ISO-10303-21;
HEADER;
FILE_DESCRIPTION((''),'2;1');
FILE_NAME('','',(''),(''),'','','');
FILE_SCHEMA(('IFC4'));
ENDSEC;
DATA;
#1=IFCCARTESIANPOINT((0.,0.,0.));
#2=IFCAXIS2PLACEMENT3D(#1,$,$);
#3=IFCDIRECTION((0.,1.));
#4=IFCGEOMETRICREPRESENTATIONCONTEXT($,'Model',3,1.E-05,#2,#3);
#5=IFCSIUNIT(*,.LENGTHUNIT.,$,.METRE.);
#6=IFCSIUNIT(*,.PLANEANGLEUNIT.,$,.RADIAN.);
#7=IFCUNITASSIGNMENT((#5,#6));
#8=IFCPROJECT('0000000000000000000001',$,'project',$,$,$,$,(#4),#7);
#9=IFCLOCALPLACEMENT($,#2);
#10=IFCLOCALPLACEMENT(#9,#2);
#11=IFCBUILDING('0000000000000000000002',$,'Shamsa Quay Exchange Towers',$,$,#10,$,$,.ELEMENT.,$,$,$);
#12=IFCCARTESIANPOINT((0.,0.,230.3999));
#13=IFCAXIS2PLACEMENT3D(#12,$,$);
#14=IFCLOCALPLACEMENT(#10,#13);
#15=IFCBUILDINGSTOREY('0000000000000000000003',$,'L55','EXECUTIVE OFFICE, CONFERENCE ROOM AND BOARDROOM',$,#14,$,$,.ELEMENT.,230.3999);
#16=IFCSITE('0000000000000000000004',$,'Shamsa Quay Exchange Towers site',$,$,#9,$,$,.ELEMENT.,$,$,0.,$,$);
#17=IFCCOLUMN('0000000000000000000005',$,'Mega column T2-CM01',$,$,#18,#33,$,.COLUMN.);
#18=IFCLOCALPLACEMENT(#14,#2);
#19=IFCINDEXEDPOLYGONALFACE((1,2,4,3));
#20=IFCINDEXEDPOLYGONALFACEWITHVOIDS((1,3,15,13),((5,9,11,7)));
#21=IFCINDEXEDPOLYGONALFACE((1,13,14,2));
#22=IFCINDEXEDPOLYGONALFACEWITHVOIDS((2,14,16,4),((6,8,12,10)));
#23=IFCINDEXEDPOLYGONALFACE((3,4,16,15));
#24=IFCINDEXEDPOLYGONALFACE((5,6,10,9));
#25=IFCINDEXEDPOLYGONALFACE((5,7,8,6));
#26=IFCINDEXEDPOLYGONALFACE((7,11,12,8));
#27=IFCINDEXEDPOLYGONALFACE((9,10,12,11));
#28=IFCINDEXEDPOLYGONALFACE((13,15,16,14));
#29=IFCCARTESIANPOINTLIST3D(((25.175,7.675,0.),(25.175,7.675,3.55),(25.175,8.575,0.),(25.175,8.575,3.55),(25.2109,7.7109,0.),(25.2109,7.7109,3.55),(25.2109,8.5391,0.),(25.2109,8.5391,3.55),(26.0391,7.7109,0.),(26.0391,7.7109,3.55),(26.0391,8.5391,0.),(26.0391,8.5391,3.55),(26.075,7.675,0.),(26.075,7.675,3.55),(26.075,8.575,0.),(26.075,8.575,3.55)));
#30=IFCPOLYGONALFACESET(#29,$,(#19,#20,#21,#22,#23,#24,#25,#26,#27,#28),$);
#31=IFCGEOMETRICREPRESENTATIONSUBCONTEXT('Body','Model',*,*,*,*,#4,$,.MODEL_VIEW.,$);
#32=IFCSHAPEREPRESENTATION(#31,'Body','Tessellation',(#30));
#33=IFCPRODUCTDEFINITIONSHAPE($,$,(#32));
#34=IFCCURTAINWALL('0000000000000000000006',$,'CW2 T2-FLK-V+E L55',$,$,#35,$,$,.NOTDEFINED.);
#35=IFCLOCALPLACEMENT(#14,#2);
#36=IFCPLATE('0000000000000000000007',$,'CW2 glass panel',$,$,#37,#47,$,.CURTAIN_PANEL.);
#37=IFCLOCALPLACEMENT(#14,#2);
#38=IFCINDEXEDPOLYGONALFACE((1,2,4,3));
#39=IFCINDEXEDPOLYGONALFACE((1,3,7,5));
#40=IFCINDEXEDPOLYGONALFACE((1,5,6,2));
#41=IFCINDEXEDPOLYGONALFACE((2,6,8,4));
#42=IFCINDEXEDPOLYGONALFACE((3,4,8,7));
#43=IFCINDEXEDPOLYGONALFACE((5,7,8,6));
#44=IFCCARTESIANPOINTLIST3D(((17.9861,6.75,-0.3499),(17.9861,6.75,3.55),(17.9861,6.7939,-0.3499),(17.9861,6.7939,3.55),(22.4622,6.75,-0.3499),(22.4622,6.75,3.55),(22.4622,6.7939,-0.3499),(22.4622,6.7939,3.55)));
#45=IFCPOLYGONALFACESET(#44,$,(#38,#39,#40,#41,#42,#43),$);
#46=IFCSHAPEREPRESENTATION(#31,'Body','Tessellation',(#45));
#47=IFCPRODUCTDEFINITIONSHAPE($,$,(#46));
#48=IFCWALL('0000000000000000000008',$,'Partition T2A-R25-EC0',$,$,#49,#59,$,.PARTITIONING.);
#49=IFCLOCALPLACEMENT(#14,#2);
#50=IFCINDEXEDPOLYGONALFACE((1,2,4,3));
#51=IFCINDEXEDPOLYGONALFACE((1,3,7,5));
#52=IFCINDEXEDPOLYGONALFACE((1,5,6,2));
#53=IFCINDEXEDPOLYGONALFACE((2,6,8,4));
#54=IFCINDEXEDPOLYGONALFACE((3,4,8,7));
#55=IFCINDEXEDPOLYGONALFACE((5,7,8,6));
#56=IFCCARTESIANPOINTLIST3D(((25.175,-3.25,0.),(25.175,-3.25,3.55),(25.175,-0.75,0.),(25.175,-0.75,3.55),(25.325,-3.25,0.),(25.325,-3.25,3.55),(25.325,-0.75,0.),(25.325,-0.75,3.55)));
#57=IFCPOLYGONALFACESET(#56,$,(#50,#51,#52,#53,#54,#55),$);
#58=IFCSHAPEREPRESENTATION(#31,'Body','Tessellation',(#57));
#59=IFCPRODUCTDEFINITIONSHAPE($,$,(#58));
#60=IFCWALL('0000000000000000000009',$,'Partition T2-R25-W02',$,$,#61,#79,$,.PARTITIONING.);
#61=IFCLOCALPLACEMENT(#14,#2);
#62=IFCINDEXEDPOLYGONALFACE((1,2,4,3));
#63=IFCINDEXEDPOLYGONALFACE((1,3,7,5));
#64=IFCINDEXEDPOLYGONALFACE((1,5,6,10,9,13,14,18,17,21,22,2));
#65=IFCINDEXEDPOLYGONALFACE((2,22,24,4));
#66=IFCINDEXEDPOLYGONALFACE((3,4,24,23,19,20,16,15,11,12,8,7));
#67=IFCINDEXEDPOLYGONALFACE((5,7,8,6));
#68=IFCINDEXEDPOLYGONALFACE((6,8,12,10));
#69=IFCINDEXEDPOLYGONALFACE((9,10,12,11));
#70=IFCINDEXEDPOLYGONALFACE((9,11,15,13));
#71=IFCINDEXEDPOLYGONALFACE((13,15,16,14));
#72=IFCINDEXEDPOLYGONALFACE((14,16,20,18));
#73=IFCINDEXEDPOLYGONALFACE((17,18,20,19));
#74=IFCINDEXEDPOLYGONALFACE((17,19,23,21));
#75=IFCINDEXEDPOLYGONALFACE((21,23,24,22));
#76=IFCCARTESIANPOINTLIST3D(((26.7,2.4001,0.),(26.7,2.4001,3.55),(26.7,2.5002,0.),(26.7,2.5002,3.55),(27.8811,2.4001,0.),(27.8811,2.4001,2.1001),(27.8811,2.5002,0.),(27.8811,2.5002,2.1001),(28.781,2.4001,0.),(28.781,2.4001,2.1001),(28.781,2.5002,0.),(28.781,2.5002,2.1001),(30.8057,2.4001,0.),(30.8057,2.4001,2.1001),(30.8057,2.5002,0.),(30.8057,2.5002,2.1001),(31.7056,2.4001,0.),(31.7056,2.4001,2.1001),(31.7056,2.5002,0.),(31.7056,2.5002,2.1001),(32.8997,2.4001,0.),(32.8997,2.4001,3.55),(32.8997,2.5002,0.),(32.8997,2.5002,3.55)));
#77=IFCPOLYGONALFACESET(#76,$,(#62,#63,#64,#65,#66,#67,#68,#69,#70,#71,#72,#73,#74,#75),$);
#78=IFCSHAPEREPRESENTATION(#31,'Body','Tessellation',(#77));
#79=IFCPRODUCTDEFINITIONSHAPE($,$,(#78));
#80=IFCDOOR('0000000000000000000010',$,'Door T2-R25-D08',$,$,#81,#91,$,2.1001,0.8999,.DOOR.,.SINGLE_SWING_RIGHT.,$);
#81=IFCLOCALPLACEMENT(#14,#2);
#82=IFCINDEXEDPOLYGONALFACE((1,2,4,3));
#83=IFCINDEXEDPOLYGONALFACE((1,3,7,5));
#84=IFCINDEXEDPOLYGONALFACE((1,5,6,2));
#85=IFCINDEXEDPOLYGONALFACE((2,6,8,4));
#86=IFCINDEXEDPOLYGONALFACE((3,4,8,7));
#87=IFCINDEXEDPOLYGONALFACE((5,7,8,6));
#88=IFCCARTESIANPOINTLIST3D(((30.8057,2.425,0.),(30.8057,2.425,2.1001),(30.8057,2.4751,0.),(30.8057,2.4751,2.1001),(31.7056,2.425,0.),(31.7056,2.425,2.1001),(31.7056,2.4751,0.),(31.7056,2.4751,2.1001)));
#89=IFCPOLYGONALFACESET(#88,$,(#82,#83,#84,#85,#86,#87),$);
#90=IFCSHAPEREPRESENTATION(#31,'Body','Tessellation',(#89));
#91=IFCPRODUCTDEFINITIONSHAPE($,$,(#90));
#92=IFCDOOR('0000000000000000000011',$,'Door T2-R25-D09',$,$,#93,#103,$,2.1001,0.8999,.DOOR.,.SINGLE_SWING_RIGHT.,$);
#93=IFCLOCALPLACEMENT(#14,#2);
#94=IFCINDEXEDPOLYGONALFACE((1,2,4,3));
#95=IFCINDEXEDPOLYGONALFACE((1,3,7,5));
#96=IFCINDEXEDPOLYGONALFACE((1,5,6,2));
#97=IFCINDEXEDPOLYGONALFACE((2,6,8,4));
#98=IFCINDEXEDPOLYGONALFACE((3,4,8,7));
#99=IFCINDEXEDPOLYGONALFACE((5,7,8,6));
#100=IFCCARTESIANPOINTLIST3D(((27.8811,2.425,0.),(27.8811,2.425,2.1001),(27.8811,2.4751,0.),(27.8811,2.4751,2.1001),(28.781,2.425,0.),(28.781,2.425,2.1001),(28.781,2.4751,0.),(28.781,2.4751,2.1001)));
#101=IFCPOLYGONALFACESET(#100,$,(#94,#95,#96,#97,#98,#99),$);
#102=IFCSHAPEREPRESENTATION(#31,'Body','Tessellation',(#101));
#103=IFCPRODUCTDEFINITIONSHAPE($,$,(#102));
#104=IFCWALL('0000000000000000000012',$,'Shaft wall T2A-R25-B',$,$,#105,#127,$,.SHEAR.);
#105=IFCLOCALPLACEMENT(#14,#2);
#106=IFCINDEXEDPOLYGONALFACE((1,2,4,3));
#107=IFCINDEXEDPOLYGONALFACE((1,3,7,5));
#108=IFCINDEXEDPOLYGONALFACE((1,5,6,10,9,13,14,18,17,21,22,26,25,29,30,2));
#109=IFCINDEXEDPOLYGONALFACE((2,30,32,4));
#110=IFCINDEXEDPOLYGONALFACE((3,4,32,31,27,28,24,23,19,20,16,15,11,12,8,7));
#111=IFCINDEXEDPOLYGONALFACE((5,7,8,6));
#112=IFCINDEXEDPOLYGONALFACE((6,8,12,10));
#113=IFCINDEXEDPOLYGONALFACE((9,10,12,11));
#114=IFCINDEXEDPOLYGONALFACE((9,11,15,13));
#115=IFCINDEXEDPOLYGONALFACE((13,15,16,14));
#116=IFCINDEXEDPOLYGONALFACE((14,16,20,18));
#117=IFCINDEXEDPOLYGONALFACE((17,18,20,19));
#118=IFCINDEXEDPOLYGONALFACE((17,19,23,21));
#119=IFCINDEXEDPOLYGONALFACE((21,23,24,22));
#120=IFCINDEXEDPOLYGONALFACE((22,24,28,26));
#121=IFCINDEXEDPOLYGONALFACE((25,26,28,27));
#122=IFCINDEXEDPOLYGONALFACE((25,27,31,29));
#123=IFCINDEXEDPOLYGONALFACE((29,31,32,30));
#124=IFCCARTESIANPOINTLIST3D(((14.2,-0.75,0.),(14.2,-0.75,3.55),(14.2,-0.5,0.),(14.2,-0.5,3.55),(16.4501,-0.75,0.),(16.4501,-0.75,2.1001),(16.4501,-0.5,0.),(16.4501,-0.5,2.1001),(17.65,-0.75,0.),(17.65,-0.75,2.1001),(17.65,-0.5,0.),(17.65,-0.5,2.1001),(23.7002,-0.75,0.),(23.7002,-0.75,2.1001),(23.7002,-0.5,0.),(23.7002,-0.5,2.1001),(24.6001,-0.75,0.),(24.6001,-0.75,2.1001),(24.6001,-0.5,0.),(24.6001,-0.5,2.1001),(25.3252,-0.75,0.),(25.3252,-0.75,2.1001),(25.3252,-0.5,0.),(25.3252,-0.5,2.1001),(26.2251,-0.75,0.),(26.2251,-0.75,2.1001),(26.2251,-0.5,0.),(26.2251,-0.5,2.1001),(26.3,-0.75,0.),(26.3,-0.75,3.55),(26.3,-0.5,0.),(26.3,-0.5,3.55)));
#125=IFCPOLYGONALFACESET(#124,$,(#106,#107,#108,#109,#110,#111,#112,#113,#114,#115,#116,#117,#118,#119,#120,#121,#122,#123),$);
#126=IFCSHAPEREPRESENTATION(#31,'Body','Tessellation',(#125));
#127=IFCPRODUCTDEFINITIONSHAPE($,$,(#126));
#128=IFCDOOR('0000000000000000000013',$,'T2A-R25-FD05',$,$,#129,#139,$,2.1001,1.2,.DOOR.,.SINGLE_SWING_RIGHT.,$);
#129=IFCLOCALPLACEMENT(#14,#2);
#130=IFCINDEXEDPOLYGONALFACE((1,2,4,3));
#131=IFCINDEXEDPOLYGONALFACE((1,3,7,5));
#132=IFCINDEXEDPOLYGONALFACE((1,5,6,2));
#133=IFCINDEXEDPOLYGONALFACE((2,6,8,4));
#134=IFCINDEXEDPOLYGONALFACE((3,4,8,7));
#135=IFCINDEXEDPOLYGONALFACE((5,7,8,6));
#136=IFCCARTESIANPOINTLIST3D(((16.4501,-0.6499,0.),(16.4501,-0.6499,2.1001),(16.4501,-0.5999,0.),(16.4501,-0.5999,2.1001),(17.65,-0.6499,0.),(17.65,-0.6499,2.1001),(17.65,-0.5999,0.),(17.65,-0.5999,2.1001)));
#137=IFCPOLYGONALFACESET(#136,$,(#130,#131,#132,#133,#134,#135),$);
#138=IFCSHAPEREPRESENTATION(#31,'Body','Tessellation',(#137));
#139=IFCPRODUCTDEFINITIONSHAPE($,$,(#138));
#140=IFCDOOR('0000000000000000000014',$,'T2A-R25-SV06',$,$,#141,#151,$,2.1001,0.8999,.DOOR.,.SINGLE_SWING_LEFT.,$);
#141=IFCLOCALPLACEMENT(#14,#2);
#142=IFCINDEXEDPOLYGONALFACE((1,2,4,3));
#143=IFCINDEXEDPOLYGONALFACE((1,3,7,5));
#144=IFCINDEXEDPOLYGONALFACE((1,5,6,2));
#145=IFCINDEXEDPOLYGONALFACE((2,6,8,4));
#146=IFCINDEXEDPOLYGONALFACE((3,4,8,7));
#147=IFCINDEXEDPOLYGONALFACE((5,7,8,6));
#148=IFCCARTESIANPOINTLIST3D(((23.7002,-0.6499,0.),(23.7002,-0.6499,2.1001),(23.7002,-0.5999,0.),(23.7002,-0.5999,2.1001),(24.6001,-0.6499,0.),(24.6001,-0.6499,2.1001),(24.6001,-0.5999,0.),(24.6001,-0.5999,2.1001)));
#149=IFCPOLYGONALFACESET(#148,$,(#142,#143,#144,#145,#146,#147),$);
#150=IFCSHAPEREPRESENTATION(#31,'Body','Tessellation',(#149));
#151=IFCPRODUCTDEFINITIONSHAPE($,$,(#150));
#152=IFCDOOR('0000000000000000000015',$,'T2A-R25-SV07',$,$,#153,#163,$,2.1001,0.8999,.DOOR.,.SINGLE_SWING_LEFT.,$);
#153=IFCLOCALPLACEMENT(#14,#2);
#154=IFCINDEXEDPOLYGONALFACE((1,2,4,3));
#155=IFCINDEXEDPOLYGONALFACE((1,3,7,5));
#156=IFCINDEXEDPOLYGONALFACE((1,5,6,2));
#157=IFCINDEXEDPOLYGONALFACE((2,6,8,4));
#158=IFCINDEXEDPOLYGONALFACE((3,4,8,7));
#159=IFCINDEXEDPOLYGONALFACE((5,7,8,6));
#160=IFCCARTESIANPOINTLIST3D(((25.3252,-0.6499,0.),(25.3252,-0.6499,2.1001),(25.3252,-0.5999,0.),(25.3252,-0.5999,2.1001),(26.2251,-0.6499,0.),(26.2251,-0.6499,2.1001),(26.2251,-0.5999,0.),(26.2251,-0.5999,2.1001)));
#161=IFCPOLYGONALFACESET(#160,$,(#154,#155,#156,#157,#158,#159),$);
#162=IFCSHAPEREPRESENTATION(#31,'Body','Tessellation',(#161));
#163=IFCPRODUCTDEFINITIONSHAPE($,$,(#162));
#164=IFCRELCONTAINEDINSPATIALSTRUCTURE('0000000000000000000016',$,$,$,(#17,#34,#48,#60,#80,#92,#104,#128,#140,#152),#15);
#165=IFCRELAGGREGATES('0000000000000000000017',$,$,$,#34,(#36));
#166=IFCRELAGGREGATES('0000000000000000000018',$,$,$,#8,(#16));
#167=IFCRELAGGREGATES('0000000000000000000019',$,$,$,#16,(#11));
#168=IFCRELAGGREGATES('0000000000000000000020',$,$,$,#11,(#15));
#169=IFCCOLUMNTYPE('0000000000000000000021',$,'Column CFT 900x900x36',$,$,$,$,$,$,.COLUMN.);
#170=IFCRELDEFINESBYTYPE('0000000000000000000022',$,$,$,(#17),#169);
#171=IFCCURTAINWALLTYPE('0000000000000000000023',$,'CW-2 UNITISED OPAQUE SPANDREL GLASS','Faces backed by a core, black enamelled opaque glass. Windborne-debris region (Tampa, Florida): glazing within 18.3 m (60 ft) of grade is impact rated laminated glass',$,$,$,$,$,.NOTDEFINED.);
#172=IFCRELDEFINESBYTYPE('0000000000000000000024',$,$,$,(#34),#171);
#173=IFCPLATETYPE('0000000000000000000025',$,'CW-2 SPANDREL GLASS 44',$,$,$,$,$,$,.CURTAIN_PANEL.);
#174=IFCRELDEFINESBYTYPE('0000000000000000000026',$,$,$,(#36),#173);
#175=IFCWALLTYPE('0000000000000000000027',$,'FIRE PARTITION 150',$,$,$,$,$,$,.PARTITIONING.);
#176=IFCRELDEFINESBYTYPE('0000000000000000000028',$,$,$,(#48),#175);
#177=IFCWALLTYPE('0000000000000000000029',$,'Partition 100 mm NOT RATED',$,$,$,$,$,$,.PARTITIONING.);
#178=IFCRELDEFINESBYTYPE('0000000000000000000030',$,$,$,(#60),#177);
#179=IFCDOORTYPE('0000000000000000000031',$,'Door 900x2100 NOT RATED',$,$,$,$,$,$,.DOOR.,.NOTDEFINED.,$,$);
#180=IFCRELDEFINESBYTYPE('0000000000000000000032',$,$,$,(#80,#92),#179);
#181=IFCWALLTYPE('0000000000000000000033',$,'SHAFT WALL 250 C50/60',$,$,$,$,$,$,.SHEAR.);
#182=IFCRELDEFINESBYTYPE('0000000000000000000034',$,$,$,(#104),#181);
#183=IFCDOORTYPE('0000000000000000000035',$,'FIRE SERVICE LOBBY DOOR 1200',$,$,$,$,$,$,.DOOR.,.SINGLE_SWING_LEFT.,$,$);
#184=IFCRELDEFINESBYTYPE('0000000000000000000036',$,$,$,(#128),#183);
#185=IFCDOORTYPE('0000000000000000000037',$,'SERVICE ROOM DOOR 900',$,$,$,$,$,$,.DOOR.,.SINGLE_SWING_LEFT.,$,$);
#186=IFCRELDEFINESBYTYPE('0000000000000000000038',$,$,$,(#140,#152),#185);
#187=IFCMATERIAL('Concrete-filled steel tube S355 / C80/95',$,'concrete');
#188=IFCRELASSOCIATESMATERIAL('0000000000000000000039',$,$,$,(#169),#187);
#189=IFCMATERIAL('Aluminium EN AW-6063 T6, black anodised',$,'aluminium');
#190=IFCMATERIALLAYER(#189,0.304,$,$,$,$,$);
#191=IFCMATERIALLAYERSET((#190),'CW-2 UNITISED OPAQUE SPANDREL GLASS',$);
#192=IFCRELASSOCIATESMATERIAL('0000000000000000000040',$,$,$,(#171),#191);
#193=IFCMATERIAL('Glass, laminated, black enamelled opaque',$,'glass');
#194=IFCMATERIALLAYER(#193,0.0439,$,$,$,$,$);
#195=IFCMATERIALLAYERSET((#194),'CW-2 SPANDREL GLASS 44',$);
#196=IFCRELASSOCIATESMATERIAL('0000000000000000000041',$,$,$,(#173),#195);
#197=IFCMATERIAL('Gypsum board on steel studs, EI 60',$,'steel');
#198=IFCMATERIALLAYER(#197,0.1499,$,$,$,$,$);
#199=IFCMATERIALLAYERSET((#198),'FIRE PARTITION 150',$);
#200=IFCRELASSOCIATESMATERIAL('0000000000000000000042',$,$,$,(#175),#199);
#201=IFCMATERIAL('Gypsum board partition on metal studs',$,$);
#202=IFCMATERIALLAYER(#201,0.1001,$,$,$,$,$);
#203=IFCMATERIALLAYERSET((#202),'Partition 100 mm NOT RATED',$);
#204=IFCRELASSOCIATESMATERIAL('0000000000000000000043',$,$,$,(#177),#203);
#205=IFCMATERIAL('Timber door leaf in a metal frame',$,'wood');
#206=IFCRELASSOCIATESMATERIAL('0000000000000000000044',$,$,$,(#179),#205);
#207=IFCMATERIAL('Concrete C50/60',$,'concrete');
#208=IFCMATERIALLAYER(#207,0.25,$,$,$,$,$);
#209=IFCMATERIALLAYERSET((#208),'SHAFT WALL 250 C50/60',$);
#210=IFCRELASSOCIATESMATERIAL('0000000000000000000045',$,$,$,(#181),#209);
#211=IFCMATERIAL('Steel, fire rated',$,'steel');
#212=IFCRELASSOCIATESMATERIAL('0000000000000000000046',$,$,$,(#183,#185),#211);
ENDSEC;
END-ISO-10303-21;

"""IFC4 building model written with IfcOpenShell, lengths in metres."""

from ifc_helpers import new_model, si_unit, direction, frame, frame_2d, origin, origin_2d, place, context, subcontext, project, spatial, rectangle, hollow_rectangle, extrude, material, layer, layer_set, material_profile, profile_set, type_object, element, fill, aggregate, save


model = new_model("IFC4")

# Units and contexts
model_context = context("Model", 3, precision=1e-05, world=origin(), true_north=direction((0.0, 1.0)))
body_context = subcontext(model_context, "Body", "Model", "MODEL_VIEW")
ifc_project = project(units=[si_unit("LENGTHUNIT", "METRE"), si_unit("PLANEANGLEUNIT", "RADIAN")], contexts=[model_context])

# Site, building, storey
site_placement = place(None, origin())
site = spatial("IfcSite", under=ifc_project, at=site_placement, Name="Shamsa Quay Exchange Towers site", CompositionType="ELEMENT", RefElevation=0.0)
building_placement = place(site_placement, origin())
building = spatial("IfcBuilding", under=site, at=building_placement, Name="Shamsa Quay Exchange Towers", CompositionType="ELEMENT")
storey_placement = place(building_placement, frame((0.0, 0.0, 230.3999)))
storey = spatial("IfcBuildingStorey", under=building, at=storey_placement, Name="L55", Description="EXECUTIVE OFFICE, CONFERENCE ROOM AND BOARDROOM", CompositionType="ELEMENT", Elevation=230.3999)

# Column
ifc_material_1 = material(Name="Concrete-filled steel tube S355 / C80/95", Category="concrete")
ifc_material_profile = material_profile(ifc_material_1, hollow_rectangle(XDim=0.8999, YDim=0.8999, WallThickness=0.0359, at=origin_2d()), Name="CFT 900x900x36")
ifc_profile_set = profile_set([ifc_material_profile], Name="Concrete-filled steel tube S355 / C80/95")
column_type = type_object("IfcColumnType", Name="Column CFT 900x900x36", PredefinedType="COLUMN", material=ifc_profile_set)
column_placement = place(storey_placement, frame((25.625, 8.125, 0.0)))
element("IfcColumn", 1, at=column_placement, inside=storey, type_object=column_type, Name="Mega column T2-CM01", PredefinedType="COLUMN", context=body_context, shape_type="SweptSolid", body=[
    extrude(hollow_rectangle(XDim=0.8999, YDim=0.8999, WallThickness=0.0359, at=origin_2d()), origin(), (0.0, 0.0, 1.0), 3.55),
])

# Curtain wall, plate
ifc_material_2 = material(Name="Aluminium EN AW-6063 T6, black anodised", Category="aluminium")
ifc_layer_1 = layer(ifc_material_2, 0.304)
ifc_layer_set_1 = layer_set([ifc_layer_1], Name="CW-2 UNITISED OPAQUE SPANDREL GLASS")
curtain_wall_type = type_object("IfcCurtainWallType", Name="CW-2 UNITISED OPAQUE SPANDREL GLASS", Description="Faces backed by a core, black enamelled opaque glass. Windborne-debris region (Tampa, Florida): glazing within 18.3 m (60 ft) of grade is impact rated laminated glass", PredefinedType="NOTDEFINED", material=ifc_layer_set_1)
curtain_wall_placement = place(storey_placement, origin())
curtain_wall = element("IfcCurtainWall", 2, at=curtain_wall_placement, inside=storey, type_object=curtain_wall_type, Name="CW2 T2-FLK-V+E L55", PredefinedType="NOTDEFINED")
ifc_material_3 = material(Name="Glass, laminated, black enamelled opaque", Category="glass")
ifc_layer_2 = layer(ifc_material_3, 0.0439)
ifc_layer_set_2 = layer_set([ifc_layer_2], Name="CW-2 SPANDREL GLASS 44")
plate_type = type_object("IfcPlateType", Name="CW-2 SPANDREL GLASS 44", PredefinedType="CURTAIN_PANEL", material=ifc_layer_set_2)
plate_placement = place(storey_placement, frame((20.2241, 6.772, -0.3499), z_axis=(0.0, 0.0, 1.0), x_axis=(-1.0, 0.0, 0.0)))
plate = element("IfcPlate", 3, at=plate_placement, type_object=plate_type, Name="CW2 glass panel", PredefinedType="CURTAIN_PANEL", context=body_context, shape_type="SweptSolid", body=[
    extrude(rectangle(XDim=4.4761, YDim=0.0439, at=origin_2d()), origin(), (0.0, 0.0, 1.0), 3.8999),
])
aggregate(curtain_wall, [plate])

# Shared definitions
ifc_material_4 = material(Name="Steel, fire rated", Category="steel")

# Wall
ifc_material_5 = material(Name="Gypsum board on steel studs, EI 60", Category="steel")
ifc_layer_3 = layer(ifc_material_5, 0.1499)
ifc_layer_set_3 = layer_set([ifc_layer_3], Name="FIRE PARTITION 150")
wall_type_1 = type_object("IfcWallType", Name="FIRE PARTITION 150", PredefinedType="PARTITIONING", material=ifc_layer_set_3)
wall_1_placement = place(storey_placement, frame((25.25, -3.25, 0.0), z_axis=(0.0, 0.0, 1.0), x_axis=(0.0, 1.0, 0.0)))
element("IfcWall", 4, at=wall_1_placement, inside=storey, type_object=wall_type_1, Name="Partition T2A-R25-EC0", PredefinedType="PARTITIONING", context=body_context, shape_type="SweptSolid", body=[
    extrude(rectangle(XDim=2.5, YDim=0.1499, at=frame_2d((1.25, 0.0))), origin(), (0.0, 0.0, 1.0), 3.55),
])

# Walls, openings, doors
ifc_material_6 = material(Name="Gypsum board partition on metal studs")
ifc_layer_4 = layer(ifc_material_6, 0.1001)
ifc_layer_set_4 = layer_set([ifc_layer_4], Name="Partition 100 mm NOT RATED")
wall_type_2 = type_object("IfcWallType", Name="Partition 100 mm NOT RATED", PredefinedType="PARTITIONING", material=ifc_layer_set_4)
wall_2_placement = place(storey_placement, frame((26.7, 2.4502, 0.0)))
wall_2 = element("IfcWall", 5, at=wall_2_placement, inside=storey, type_object=wall_type_2, Name="Partition T2-R25-W02", PredefinedType="PARTITIONING", context=body_context, shape_type="SweptSolid", body=[
    extrude(rectangle(XDim=6.1997, YDim=0.1001, at=frame_2d((3.0999, 0.0))), origin(), (0.0, 0.0, 1.0), 3.55),
])
opening_1_placement = place(wall_2_placement, frame((4.1057, 0.0, 0.0)))
opening_1 = element("IfcOpeningElement", 6, at=opening_1_placement, cuts=wall_2, PredefinedType="OPENING", context=body_context, shape_type="SweptSolid", body=[
    extrude(rectangle(XDim=0.8999, YDim=2.1001, at=frame_2d((0.45, 1.05))), frame((0.0, 0.0601, 0.0), z_axis=(0.0, -1.0, 0.0), x_axis=(1.0, 0.0, 0.0)), (0.0, 0.0, 1.0), 0.1201),
])
opening_2_placement = place(wall_2_placement, frame((1.1812, 0.0, 0.0)))
opening_2 = element("IfcOpeningElement", 7, at=opening_2_placement, cuts=wall_2, PredefinedType="OPENING", context=body_context, shape_type="SweptSolid", body=[
    extrude(rectangle(XDim=0.8999, YDim=2.1001, at=frame_2d((0.45, 1.05))), frame((0.0, 0.0601, 0.0), z_axis=(0.0, -1.0, 0.0), x_axis=(1.0, 0.0, 0.0)), (0.0, 0.0, 1.0), 0.1201),
])
ifc_material_7 = material(Name="Timber door leaf in a metal frame", Category="wood")
door_type_1 = type_object("IfcDoorType", Name="Door 900x2100 NOT RATED", OperationType="NOTDEFINED", PredefinedType="DOOR", material=ifc_material_7)
door_1_placement = place(opening_1_placement, origin())
door_1 = element("IfcDoor", 8, at=door_1_placement, inside=storey, type_object=door_type_1, Name="Door T2-R25-D08", OperationType="SINGLE_SWING_RIGHT", OverallHeight=2.1001, OverallWidth=0.8999, PredefinedType="DOOR", context=body_context, shape_type="SweptSolid", body=[
    extrude(rectangle(XDim=0.8999, YDim=2.1001, at=frame_2d((0.45, 1.05))), frame((0.0, 0.0249, 0.0), z_axis=(0.0, -1.0, 0.0), x_axis=(1.0, 0.0, 0.0)), (0.0, 0.0, 1.0), 0.05),
])
fill(opening_1, door_1)
door_2_placement = place(opening_2_placement, origin())
door_2 = element("IfcDoor", 9, at=door_2_placement, inside=storey, type_object=door_type_1, Name="Door T2-R25-D09", OperationType="SINGLE_SWING_RIGHT", OverallHeight=2.1001, OverallWidth=0.8999, PredefinedType="DOOR", context=body_context, shape_type="SweptSolid", body=[
    extrude(rectangle(XDim=0.8999, YDim=2.1001, at=frame_2d((0.45, 1.05))), frame((0.0, 0.0249, 0.0), z_axis=(0.0, -1.0, 0.0), x_axis=(1.0, 0.0, 0.0)), (0.0, 0.0, 1.0), 0.05),
])
fill(opening_2, door_2)
ifc_material_8 = material(Name="Concrete C50/60", Category="concrete")
ifc_layer_5 = layer(ifc_material_8, 0.25)
ifc_layer_set_5 = layer_set([ifc_layer_5], Name="SHAFT WALL 250 C50/60")
wall_type_3 = type_object("IfcWallType", Name="SHAFT WALL 250 C50/60", PredefinedType="SHEAR", material=ifc_layer_set_5)
wall_3_placement = place(storey_placement, frame((26.3, -0.625, 0.0), z_axis=(0.0, 0.0, 1.0), x_axis=(-1.0, 0.0, 0.0)))
wall_3 = element("IfcWall", 10, at=wall_3_placement, inside=storey, type_object=wall_type_3, Name="Shaft wall T2A-R25-B", PredefinedType="SHEAR", context=body_context, shape_type="SweptSolid", body=[
    extrude(rectangle(XDim=12.1001, YDim=0.25, at=frame_2d((6.05, 0.0))), origin(), (0.0, 0.0, 1.0), 3.55),
])
opening_3_placement = place(wall_3_placement, frame((8.6499, 0.0, 0.0)))
opening_3 = element("IfcOpeningElement", 11, at=opening_3_placement, cuts=wall_3, PredefinedType="OPENING", context=body_context, shape_type="SweptSolid", body=[
    extrude(rectangle(XDim=1.2, YDim=2.1001, at=frame_2d((0.6001, 1.05))), frame((0.0, 0.135, 0.0), z_axis=(0.0, -1.0, 0.0), x_axis=(1.0, 0.0, 0.0)), (0.0, 0.0, 1.0), 0.27),
])
opening_4_placement = place(wall_3_placement, frame((1.7, 0.0, 0.0)))
opening_4 = element("IfcOpeningElement", 12, at=opening_4_placement, cuts=wall_3, PredefinedType="OPENING", context=body_context, shape_type="SweptSolid", body=[
    extrude(rectangle(XDim=0.8999, YDim=2.1001, at=frame_2d((0.45, 1.05))), frame((0.0, 0.135, 0.0), z_axis=(0.0, -1.0, 0.0), x_axis=(1.0, 0.0, 0.0)), (0.0, 0.0, 1.0), 0.27),
])
opening_5_placement = place(wall_3_placement, frame((0.075, 0.0, 0.0)))
opening_5 = element("IfcOpeningElement", 13, at=opening_5_placement, cuts=wall_3, PredefinedType="OPENING", context=body_context, shape_type="SweptSolid", body=[
    extrude(rectangle(XDim=0.8999, YDim=2.1001, at=frame_2d((0.45, 1.05))), frame((0.0, 0.135, 0.0), z_axis=(0.0, -1.0, 0.0), x_axis=(1.0, 0.0, 0.0)), (0.0, 0.0, 1.0), 0.27),
])
door_type_2 = type_object("IfcDoorType", Name="FIRE SERVICE LOBBY DOOR 1200", OperationType="SINGLE_SWING_LEFT", PredefinedType="DOOR", material=ifc_material_4)
door_3_placement = place(opening_3_placement, origin())
door_3 = element("IfcDoor", 14, at=door_3_placement, inside=storey, type_object=door_type_2, Name="T2A-R25-FD05", OperationType="SINGLE_SWING_RIGHT", OverallHeight=2.1001, OverallWidth=1.2, PredefinedType="DOOR", context=body_context, shape_type="SweptSolid", body=[
    extrude(rectangle(XDim=1.2, YDim=2.1001, at=frame_2d((0.6001, 1.05))), frame((0.0, 0.0249, 0.0), z_axis=(0.0, -1.0, 0.0), x_axis=(1.0, 0.0, 0.0)), (0.0, 0.0, 1.0), 0.05),
])
fill(opening_3, door_3)
door_type_3 = type_object("IfcDoorType", Name="SERVICE ROOM DOOR 900", OperationType="SINGLE_SWING_LEFT", PredefinedType="DOOR", material=ifc_material_4)
door_4_placement = place(opening_4_placement, origin())
door_4 = element("IfcDoor", 15, at=door_4_placement, inside=storey, type_object=door_type_3, Name="T2A-R25-SV06", OperationType="SINGLE_SWING_LEFT", OverallHeight=2.1001, OverallWidth=0.8999, PredefinedType="DOOR", context=body_context, shape_type="SweptSolid", body=[
    extrude(rectangle(XDim=0.8999, YDim=2.1001, at=frame_2d((0.45, 1.05))), frame((0.0, 0.0249, 0.0), z_axis=(0.0, -1.0, 0.0), x_axis=(1.0, 0.0, 0.0)), (0.0, 0.0, 1.0), 0.05),
])
fill(opening_4, door_4)
door_5_placement = place(opening_5_placement, origin())
door_5 = element("IfcDoor", 16, at=door_5_placement, inside=storey, type_object=door_type_3, Name="T2A-R25-SV07", OperationType="SINGLE_SWING_LEFT", OverallHeight=2.1001, OverallWidth=0.8999, PredefinedType="DOOR", context=body_context, shape_type="SweptSolid", body=[
    extrude(rectangle(XDim=0.8999, YDim=2.1001, at=frame_2d((0.45, 1.05))), frame((0.0, 0.0249, 0.0), z_axis=(0.0, -1.0, 0.0), x_axis=(1.0, 0.0, 0.0)), (0.0, 0.0, 1.0), 0.05),
])
fill(opening_5, door_5)

save(model, "model.ifc")
